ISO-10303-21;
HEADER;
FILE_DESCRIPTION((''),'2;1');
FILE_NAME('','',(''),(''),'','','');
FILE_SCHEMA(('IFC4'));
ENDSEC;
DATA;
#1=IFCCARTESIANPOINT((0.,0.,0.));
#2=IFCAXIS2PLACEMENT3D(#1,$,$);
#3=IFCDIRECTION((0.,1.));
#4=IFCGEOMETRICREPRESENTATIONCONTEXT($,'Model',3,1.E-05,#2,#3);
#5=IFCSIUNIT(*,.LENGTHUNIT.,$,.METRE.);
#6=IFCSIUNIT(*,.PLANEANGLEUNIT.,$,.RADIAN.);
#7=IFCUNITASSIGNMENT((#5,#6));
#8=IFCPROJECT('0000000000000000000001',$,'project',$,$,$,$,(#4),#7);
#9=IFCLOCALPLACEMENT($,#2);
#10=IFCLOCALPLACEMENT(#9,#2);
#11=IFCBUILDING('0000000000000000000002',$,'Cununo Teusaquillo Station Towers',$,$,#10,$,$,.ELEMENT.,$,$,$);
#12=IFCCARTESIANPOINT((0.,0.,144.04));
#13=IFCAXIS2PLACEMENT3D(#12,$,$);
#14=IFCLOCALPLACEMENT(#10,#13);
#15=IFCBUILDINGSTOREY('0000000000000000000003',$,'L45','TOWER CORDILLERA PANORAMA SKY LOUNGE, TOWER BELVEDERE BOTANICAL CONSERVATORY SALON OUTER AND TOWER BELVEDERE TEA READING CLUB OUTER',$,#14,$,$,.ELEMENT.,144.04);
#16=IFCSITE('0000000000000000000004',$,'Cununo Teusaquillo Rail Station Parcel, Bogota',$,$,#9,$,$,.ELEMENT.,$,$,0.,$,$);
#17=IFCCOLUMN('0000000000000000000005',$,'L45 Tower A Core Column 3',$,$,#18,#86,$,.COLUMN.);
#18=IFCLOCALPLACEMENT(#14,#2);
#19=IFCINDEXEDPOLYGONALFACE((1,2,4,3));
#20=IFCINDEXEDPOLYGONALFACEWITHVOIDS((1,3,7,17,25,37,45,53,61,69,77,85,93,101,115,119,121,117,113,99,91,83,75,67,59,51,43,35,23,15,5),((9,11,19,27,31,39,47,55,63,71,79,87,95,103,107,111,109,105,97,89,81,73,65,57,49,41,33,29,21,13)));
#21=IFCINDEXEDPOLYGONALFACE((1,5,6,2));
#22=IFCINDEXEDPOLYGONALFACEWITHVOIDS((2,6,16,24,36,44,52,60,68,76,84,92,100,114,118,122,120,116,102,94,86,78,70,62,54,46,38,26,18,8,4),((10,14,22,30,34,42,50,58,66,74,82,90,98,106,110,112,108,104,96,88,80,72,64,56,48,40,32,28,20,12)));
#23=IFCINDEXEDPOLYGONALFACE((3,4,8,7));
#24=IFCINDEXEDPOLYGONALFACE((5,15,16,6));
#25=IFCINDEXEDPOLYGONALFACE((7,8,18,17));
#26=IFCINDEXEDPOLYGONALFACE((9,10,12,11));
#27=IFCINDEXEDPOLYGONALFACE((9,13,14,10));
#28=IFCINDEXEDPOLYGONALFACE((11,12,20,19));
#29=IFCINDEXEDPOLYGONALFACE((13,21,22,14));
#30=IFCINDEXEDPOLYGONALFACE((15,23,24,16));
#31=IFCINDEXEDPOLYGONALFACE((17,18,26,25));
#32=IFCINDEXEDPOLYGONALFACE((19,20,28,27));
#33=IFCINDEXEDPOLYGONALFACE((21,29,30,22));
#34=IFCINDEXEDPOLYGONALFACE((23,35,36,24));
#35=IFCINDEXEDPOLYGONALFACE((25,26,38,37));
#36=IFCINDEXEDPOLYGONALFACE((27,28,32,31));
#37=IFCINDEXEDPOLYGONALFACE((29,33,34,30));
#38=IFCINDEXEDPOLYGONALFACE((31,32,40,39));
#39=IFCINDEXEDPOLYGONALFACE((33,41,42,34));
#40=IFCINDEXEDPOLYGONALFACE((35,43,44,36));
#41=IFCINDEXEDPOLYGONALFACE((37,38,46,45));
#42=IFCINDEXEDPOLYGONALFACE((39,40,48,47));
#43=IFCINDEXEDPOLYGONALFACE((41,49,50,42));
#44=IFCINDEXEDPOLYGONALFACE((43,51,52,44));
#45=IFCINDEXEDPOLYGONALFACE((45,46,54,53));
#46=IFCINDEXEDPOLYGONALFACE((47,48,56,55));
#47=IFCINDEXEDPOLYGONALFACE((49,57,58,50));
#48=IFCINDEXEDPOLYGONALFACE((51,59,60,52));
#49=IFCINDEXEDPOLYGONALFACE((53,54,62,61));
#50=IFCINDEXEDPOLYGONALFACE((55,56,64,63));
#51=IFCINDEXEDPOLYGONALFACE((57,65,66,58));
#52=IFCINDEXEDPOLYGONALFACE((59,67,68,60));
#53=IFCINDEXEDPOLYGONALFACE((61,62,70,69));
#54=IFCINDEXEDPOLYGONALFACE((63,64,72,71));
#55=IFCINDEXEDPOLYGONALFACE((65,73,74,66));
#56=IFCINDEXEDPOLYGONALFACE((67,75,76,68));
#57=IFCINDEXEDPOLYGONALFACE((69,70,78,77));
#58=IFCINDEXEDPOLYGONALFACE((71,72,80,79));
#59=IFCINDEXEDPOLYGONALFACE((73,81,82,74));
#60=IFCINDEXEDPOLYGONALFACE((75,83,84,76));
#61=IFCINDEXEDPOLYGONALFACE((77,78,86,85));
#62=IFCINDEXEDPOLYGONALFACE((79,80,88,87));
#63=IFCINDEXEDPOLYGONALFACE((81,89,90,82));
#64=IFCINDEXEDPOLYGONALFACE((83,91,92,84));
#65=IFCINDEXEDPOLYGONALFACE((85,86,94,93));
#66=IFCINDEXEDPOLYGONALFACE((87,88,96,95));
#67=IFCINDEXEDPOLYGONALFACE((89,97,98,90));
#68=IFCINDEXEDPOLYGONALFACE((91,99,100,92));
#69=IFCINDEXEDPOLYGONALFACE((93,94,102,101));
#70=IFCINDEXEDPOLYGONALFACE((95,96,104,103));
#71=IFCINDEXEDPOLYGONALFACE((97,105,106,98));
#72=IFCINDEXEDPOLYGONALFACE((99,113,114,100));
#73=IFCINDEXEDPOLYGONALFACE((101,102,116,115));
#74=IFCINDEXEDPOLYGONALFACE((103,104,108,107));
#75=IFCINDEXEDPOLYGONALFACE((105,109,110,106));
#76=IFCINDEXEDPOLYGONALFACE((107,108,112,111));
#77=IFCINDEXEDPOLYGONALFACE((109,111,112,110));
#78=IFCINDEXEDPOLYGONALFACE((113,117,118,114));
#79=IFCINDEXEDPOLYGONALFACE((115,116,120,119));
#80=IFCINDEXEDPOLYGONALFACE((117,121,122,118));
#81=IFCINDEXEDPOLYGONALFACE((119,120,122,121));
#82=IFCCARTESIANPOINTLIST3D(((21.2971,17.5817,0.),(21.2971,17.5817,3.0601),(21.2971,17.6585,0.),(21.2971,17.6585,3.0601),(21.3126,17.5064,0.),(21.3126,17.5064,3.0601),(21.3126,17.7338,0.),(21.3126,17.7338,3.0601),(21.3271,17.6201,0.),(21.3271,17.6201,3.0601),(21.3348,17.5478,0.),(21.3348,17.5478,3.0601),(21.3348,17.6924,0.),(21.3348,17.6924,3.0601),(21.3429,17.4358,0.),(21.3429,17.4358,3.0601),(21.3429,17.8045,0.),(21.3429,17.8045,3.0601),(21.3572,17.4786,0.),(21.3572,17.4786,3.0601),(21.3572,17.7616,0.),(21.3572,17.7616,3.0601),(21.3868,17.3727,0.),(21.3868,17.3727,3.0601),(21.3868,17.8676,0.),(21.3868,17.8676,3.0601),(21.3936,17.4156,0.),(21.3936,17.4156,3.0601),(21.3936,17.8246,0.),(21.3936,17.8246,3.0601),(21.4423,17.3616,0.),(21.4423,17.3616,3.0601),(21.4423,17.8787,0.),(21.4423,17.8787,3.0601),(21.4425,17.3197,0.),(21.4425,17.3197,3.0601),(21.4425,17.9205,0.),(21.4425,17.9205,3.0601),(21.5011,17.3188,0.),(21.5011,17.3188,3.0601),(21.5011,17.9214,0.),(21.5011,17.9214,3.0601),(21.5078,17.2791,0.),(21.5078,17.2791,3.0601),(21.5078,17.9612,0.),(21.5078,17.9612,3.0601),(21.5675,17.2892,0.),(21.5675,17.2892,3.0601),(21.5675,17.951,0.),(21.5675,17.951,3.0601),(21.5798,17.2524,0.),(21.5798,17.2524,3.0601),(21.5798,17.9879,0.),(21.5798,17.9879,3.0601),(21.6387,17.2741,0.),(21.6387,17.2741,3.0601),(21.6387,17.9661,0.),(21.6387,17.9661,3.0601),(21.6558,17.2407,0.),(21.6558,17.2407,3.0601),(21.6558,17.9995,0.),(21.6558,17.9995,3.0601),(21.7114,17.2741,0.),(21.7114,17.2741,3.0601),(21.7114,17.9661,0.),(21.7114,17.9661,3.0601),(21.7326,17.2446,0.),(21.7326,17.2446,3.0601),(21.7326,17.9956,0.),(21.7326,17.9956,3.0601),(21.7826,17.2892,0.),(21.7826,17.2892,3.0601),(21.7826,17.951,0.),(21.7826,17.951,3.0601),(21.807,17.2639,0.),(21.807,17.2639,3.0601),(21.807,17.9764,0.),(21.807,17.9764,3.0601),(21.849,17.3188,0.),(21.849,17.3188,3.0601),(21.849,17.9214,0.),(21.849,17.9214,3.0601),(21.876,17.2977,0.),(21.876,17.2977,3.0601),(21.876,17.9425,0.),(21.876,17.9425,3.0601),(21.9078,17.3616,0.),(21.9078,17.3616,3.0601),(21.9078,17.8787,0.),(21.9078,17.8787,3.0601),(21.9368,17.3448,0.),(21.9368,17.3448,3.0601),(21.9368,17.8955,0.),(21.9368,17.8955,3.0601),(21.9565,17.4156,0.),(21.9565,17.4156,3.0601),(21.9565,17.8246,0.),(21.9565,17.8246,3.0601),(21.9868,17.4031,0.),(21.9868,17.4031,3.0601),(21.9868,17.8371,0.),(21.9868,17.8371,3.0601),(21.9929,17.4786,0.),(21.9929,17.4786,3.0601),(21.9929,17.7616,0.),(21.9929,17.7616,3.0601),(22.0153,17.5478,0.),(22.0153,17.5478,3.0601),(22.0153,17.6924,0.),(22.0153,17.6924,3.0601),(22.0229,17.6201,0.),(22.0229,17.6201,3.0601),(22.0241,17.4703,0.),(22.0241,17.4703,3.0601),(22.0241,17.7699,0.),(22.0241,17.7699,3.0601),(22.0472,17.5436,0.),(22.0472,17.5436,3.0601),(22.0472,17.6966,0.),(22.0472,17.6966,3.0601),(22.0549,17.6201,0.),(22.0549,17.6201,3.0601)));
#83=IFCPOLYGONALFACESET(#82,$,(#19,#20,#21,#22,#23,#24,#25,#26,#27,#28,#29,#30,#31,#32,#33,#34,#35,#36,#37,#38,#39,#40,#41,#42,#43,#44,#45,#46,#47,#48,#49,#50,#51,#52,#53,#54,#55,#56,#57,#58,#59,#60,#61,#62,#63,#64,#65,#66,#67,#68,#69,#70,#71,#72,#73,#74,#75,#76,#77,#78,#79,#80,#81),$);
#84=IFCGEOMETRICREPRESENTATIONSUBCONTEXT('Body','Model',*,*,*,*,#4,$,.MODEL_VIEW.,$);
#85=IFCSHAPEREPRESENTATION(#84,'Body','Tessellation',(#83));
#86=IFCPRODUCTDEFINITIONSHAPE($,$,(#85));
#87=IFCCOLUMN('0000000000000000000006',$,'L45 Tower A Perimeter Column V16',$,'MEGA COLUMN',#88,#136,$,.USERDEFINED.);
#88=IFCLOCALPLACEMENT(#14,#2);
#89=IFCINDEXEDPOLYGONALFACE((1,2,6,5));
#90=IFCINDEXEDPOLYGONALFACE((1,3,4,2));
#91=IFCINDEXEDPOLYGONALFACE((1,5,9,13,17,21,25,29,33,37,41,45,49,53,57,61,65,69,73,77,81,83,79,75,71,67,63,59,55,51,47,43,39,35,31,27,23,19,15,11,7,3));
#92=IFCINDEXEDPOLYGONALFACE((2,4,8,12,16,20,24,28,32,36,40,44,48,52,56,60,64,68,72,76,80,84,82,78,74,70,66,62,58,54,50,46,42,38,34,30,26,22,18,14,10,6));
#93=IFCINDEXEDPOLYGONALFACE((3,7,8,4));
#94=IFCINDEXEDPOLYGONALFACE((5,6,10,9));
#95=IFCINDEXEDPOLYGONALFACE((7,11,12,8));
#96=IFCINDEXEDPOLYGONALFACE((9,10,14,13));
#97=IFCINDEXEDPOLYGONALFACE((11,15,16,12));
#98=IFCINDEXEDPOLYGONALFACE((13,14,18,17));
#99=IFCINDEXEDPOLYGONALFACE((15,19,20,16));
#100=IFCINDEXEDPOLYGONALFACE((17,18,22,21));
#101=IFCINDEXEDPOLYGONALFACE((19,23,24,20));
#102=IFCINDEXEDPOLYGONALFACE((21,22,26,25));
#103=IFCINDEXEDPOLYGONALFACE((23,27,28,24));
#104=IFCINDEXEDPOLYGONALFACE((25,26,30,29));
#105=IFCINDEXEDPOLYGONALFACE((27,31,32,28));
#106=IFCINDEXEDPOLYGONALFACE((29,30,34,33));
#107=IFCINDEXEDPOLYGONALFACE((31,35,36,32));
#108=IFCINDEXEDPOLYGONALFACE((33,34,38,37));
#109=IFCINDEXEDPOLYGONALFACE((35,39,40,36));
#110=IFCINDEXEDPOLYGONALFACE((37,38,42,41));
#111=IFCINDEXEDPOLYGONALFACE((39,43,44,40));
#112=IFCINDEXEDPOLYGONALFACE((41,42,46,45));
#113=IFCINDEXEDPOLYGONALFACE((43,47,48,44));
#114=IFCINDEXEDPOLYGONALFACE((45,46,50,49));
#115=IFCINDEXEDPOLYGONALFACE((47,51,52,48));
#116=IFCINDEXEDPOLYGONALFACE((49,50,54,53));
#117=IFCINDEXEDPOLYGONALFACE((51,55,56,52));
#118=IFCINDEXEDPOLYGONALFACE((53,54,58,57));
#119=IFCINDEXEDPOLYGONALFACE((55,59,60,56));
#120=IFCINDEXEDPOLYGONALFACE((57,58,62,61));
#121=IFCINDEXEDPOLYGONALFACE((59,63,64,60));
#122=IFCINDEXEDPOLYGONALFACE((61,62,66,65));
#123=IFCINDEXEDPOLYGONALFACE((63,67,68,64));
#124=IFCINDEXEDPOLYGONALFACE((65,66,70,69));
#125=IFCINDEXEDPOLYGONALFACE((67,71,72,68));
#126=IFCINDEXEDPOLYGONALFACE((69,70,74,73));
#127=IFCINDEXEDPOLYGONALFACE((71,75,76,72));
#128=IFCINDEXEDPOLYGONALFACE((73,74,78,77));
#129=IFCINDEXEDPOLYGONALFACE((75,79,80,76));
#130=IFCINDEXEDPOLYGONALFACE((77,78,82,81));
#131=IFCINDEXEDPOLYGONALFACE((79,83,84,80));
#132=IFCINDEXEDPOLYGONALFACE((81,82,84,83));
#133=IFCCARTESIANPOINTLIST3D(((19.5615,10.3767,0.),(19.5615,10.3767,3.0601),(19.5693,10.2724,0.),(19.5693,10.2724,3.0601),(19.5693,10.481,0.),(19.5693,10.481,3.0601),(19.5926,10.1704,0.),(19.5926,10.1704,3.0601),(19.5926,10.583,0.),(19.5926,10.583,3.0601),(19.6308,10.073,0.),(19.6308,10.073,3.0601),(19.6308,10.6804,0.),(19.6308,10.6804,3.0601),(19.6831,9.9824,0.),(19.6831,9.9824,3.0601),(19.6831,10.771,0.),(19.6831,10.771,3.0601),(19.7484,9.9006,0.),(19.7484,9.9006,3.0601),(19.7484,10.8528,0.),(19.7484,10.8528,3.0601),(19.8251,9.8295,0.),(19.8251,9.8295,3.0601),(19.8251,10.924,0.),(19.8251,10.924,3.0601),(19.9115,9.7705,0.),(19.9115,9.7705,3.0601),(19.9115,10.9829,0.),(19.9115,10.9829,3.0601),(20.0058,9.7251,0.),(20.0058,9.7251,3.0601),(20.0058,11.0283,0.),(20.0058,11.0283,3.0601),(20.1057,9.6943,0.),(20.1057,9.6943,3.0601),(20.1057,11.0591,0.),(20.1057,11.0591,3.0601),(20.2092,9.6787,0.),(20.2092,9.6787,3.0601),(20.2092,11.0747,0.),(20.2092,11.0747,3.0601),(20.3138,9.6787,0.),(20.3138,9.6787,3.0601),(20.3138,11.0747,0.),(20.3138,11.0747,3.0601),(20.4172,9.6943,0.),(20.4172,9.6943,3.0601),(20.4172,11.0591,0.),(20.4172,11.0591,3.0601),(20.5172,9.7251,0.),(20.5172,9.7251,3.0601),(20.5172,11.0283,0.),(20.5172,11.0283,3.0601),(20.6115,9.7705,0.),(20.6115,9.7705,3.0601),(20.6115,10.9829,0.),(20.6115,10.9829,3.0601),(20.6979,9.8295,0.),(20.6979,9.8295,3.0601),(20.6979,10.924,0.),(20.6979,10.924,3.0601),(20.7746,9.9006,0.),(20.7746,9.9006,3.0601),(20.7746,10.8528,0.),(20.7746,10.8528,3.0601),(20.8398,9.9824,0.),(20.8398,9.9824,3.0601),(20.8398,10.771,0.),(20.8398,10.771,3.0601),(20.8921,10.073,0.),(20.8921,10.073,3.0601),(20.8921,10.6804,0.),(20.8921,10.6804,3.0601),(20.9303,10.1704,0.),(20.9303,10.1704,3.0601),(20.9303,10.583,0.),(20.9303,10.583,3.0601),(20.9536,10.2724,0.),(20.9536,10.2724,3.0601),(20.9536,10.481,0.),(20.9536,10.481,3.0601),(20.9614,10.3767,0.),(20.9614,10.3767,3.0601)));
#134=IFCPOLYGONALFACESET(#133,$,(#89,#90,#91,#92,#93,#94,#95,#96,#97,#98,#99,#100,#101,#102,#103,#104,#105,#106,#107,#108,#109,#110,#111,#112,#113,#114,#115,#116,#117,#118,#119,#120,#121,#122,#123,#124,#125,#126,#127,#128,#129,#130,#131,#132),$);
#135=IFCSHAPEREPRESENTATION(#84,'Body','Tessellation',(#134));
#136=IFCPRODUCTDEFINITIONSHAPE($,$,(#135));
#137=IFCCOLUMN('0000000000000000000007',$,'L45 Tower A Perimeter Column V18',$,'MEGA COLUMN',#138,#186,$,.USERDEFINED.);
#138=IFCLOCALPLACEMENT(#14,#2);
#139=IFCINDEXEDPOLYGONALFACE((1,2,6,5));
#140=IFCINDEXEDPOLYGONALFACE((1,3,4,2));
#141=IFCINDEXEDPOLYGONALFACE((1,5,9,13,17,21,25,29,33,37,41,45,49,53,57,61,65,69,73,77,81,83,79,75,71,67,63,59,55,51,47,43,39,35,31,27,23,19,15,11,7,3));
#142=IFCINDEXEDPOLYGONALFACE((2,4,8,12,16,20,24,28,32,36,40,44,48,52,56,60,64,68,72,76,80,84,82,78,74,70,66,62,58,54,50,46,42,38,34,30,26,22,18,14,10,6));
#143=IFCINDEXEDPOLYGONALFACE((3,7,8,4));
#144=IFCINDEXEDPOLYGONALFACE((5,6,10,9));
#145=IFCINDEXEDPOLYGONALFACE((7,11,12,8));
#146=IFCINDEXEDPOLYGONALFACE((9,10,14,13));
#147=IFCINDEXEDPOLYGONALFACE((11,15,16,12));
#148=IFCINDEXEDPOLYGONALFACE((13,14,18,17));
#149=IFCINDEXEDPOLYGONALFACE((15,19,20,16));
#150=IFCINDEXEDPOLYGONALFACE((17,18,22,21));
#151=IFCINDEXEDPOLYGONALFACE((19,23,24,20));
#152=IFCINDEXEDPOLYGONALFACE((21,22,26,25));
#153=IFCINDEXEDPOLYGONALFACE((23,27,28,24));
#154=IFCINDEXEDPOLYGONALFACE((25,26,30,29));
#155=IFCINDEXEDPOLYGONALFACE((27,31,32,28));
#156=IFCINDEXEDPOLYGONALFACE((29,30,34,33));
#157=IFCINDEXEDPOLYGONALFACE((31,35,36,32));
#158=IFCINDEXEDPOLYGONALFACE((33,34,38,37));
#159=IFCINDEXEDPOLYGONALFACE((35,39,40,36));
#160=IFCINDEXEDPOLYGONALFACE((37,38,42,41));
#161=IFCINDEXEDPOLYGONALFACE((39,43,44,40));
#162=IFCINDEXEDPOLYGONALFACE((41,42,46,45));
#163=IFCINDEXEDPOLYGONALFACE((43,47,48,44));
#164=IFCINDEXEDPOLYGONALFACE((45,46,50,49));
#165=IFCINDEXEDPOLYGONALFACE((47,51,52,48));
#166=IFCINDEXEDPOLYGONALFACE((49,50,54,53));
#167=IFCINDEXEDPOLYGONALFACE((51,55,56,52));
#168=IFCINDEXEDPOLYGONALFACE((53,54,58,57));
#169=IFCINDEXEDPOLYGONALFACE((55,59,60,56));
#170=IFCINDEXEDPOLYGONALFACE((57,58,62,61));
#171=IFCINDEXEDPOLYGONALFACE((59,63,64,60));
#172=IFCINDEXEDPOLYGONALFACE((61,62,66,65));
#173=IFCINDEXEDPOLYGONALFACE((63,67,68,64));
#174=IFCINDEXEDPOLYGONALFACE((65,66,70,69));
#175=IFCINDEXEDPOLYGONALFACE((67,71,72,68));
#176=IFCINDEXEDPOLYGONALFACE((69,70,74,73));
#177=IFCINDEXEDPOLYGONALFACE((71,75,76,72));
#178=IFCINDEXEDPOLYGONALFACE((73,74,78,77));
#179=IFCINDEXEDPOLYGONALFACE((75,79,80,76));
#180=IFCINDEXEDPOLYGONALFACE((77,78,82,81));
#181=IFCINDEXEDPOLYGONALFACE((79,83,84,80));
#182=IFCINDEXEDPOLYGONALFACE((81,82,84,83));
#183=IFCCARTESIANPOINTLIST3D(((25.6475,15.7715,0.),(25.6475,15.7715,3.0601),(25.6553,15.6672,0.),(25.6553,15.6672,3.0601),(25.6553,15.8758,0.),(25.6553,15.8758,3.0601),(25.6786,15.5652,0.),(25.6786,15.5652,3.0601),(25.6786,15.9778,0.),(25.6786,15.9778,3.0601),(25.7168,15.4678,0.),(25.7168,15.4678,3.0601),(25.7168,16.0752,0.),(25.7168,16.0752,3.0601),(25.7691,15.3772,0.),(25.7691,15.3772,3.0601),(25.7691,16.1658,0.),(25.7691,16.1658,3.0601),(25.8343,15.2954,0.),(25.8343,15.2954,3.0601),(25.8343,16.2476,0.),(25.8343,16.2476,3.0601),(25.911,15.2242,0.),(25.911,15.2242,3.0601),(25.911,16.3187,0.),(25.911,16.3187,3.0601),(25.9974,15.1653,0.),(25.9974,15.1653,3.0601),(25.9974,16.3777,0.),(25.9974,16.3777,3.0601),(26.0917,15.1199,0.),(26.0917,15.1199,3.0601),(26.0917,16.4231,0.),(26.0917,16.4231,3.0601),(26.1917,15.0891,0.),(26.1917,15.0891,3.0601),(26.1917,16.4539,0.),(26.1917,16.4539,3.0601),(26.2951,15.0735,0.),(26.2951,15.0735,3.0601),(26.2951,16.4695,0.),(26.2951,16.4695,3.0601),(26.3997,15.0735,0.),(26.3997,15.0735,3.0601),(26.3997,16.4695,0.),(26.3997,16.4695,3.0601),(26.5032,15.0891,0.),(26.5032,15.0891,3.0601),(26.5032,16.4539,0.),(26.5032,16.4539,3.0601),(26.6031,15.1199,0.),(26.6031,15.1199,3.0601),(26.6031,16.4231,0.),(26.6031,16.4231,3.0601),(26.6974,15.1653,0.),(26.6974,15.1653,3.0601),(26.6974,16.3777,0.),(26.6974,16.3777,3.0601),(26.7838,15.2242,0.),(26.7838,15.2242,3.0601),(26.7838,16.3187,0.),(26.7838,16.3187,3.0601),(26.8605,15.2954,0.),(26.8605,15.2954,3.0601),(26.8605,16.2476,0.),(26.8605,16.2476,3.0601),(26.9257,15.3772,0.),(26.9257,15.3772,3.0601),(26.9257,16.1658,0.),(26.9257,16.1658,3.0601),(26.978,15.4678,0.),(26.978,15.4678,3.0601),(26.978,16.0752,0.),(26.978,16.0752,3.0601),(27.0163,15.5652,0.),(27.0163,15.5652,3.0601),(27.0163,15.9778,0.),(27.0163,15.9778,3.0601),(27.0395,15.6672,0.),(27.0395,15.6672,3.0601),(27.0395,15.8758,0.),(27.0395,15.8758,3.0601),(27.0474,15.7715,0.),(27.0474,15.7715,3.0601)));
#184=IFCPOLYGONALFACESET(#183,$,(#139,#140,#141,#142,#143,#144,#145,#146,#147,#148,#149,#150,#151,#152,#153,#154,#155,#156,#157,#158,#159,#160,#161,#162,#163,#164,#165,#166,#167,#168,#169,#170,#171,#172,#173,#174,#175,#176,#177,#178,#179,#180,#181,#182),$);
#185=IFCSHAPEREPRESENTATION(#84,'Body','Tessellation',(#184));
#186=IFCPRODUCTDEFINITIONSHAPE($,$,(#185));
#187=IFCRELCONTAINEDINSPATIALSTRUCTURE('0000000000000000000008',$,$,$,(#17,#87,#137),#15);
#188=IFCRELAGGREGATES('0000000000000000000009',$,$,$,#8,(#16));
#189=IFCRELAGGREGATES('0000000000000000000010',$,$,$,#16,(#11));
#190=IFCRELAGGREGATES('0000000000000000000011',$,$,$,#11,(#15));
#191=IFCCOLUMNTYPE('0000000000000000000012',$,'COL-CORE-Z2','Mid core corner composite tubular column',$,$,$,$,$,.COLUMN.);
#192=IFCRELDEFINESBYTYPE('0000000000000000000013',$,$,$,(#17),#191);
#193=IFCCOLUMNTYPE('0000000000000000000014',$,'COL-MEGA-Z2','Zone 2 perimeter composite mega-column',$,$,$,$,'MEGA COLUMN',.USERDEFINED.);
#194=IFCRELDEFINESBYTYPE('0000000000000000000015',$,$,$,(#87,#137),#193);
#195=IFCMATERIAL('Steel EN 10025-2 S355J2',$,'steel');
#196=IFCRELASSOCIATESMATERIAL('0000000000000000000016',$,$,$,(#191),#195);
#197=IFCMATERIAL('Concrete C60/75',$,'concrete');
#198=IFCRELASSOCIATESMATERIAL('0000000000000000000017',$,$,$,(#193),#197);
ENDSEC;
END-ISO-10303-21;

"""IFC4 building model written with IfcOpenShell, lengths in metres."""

from ifc_helpers import new_model, si_unit, direction, frame, origin, origin_2d, place, context, subcontext, project, spatial, circle, hollow_circle, extrude, material, material_profile, profile_set, type_object, element, save


model = new_model("IFC4")

# Units and contexts
model_context = context("Model", 3, precision=1e-05, world=origin(), true_north=direction((0.0, 1.0)))
body_context = subcontext(model_context, "Body", "Model", "MODEL_VIEW")
ifc_project = project(units=[si_unit("LENGTHUNIT", "METRE"), si_unit("PLANEANGLEUNIT", "RADIAN")], contexts=[model_context])

# Site, building, storey
site_placement = place(None, origin())
site = spatial("IfcSite", under=ifc_project, at=site_placement, Name="Cununo Teusaquillo Rail Station Parcel, Bogota", CompositionType="ELEMENT", RefElevation=0.0)
building_placement = place(site_placement, origin())
building = spatial("IfcBuilding", under=site, at=building_placement, Name="Cununo Teusaquillo Station Towers", CompositionType="ELEMENT")
storey_placement = place(building_placement, frame((0.0, 0.0, 144.04)))
storey = spatial("IfcBuildingStorey", under=building, at=storey_placement, Name="L45", Description="TOWER CORDILLERA PANORAMA SKY LOUNGE, TOWER BELVEDERE BOTANICAL CONSERVATORY SALON OUTER AND TOWER BELVEDERE TEA READING CLUB OUTER", CompositionType="ELEMENT", Elevation=144.04)

# Columns
ifc_material_1 = material(Name="Steel EN 10025-2 S355J2", Category="steel")
ifc_material_profile_1 = material_profile(ifc_material_1, hollow_circle(Radius=0.3799, WallThickness=0.032, at=origin_2d()), Name="CHS 760x32")
ifc_profile_set_1 = profile_set([ifc_material_profile_1], Name="Steel EN 10025-2 S355J2")
column_type_1 = type_object("IfcColumnType", Name="COL-CORE-Z2", Description="Mid core corner composite tubular column", PredefinedType="COLUMN", material=ifc_profile_set_1)
column_placement = place(storey_placement, frame((21.675, 17.6201, 0.0), z_axis=(0.0, 0.0, 1.0), x_axis=(1.0, 0.0, 0.0)))
element("IfcColumn", 1, at=column_placement, inside=storey, type_object=column_type_1, Name="L45 Tower A Core Column 3", PredefinedType="COLUMN", context=body_context, shape_type="SweptSolid", body=[
    extrude(hollow_circle(Radius=0.3799, WallThickness=0.032, at=origin_2d()), origin(), (0.0, 0.0, 1.0), 3.0601),
])
ifc_material_2 = material(Name="Concrete C60/75", Category="concrete")
ifc_material_profile_2 = material_profile(ifc_material_2, circle(Radius=0.7, at=origin_2d()), Name="RC-CIRC-1400")
ifc_profile_set_2 = profile_set([ifc_material_profile_2], Name="Concrete C60/75")
column_type_2 = type_object("IfcColumnType", Name="COL-MEGA-Z2", Description="Zone 2 perimeter composite mega-column", ElementType="MEGA COLUMN", PredefinedType="USERDEFINED", material=ifc_profile_set_2)
for number, where, z_axis, x_axis, name in (
    (2, (20.2615, 10.3767, 0.0), (0.0, 0.0, 1.0), (1.0, 0.0, 0.0), "L45 Tower A Perimeter Column V16"),
    (3, (26.3474, 15.7715, 0.0), (0.0, 0.0, 1.0), (1.0, 0.0, 0.0), "L45 Tower A Perimeter Column V18"),
):
    element("IfcColumn", number, at=place(storey_placement, frame(where, z_axis=z_axis, x_axis=x_axis)), inside=storey, type_object=column_type_2, Name=name, ObjectType="MEGA COLUMN", PredefinedType="USERDEFINED", context=body_context, shape_type="SweptSolid", body=[
        extrude(circle(Radius=0.7, at=origin_2d()), origin(), (0.0, 0.0, 1.0), 3.0601),
    ])

save(model, "model.ifc")
